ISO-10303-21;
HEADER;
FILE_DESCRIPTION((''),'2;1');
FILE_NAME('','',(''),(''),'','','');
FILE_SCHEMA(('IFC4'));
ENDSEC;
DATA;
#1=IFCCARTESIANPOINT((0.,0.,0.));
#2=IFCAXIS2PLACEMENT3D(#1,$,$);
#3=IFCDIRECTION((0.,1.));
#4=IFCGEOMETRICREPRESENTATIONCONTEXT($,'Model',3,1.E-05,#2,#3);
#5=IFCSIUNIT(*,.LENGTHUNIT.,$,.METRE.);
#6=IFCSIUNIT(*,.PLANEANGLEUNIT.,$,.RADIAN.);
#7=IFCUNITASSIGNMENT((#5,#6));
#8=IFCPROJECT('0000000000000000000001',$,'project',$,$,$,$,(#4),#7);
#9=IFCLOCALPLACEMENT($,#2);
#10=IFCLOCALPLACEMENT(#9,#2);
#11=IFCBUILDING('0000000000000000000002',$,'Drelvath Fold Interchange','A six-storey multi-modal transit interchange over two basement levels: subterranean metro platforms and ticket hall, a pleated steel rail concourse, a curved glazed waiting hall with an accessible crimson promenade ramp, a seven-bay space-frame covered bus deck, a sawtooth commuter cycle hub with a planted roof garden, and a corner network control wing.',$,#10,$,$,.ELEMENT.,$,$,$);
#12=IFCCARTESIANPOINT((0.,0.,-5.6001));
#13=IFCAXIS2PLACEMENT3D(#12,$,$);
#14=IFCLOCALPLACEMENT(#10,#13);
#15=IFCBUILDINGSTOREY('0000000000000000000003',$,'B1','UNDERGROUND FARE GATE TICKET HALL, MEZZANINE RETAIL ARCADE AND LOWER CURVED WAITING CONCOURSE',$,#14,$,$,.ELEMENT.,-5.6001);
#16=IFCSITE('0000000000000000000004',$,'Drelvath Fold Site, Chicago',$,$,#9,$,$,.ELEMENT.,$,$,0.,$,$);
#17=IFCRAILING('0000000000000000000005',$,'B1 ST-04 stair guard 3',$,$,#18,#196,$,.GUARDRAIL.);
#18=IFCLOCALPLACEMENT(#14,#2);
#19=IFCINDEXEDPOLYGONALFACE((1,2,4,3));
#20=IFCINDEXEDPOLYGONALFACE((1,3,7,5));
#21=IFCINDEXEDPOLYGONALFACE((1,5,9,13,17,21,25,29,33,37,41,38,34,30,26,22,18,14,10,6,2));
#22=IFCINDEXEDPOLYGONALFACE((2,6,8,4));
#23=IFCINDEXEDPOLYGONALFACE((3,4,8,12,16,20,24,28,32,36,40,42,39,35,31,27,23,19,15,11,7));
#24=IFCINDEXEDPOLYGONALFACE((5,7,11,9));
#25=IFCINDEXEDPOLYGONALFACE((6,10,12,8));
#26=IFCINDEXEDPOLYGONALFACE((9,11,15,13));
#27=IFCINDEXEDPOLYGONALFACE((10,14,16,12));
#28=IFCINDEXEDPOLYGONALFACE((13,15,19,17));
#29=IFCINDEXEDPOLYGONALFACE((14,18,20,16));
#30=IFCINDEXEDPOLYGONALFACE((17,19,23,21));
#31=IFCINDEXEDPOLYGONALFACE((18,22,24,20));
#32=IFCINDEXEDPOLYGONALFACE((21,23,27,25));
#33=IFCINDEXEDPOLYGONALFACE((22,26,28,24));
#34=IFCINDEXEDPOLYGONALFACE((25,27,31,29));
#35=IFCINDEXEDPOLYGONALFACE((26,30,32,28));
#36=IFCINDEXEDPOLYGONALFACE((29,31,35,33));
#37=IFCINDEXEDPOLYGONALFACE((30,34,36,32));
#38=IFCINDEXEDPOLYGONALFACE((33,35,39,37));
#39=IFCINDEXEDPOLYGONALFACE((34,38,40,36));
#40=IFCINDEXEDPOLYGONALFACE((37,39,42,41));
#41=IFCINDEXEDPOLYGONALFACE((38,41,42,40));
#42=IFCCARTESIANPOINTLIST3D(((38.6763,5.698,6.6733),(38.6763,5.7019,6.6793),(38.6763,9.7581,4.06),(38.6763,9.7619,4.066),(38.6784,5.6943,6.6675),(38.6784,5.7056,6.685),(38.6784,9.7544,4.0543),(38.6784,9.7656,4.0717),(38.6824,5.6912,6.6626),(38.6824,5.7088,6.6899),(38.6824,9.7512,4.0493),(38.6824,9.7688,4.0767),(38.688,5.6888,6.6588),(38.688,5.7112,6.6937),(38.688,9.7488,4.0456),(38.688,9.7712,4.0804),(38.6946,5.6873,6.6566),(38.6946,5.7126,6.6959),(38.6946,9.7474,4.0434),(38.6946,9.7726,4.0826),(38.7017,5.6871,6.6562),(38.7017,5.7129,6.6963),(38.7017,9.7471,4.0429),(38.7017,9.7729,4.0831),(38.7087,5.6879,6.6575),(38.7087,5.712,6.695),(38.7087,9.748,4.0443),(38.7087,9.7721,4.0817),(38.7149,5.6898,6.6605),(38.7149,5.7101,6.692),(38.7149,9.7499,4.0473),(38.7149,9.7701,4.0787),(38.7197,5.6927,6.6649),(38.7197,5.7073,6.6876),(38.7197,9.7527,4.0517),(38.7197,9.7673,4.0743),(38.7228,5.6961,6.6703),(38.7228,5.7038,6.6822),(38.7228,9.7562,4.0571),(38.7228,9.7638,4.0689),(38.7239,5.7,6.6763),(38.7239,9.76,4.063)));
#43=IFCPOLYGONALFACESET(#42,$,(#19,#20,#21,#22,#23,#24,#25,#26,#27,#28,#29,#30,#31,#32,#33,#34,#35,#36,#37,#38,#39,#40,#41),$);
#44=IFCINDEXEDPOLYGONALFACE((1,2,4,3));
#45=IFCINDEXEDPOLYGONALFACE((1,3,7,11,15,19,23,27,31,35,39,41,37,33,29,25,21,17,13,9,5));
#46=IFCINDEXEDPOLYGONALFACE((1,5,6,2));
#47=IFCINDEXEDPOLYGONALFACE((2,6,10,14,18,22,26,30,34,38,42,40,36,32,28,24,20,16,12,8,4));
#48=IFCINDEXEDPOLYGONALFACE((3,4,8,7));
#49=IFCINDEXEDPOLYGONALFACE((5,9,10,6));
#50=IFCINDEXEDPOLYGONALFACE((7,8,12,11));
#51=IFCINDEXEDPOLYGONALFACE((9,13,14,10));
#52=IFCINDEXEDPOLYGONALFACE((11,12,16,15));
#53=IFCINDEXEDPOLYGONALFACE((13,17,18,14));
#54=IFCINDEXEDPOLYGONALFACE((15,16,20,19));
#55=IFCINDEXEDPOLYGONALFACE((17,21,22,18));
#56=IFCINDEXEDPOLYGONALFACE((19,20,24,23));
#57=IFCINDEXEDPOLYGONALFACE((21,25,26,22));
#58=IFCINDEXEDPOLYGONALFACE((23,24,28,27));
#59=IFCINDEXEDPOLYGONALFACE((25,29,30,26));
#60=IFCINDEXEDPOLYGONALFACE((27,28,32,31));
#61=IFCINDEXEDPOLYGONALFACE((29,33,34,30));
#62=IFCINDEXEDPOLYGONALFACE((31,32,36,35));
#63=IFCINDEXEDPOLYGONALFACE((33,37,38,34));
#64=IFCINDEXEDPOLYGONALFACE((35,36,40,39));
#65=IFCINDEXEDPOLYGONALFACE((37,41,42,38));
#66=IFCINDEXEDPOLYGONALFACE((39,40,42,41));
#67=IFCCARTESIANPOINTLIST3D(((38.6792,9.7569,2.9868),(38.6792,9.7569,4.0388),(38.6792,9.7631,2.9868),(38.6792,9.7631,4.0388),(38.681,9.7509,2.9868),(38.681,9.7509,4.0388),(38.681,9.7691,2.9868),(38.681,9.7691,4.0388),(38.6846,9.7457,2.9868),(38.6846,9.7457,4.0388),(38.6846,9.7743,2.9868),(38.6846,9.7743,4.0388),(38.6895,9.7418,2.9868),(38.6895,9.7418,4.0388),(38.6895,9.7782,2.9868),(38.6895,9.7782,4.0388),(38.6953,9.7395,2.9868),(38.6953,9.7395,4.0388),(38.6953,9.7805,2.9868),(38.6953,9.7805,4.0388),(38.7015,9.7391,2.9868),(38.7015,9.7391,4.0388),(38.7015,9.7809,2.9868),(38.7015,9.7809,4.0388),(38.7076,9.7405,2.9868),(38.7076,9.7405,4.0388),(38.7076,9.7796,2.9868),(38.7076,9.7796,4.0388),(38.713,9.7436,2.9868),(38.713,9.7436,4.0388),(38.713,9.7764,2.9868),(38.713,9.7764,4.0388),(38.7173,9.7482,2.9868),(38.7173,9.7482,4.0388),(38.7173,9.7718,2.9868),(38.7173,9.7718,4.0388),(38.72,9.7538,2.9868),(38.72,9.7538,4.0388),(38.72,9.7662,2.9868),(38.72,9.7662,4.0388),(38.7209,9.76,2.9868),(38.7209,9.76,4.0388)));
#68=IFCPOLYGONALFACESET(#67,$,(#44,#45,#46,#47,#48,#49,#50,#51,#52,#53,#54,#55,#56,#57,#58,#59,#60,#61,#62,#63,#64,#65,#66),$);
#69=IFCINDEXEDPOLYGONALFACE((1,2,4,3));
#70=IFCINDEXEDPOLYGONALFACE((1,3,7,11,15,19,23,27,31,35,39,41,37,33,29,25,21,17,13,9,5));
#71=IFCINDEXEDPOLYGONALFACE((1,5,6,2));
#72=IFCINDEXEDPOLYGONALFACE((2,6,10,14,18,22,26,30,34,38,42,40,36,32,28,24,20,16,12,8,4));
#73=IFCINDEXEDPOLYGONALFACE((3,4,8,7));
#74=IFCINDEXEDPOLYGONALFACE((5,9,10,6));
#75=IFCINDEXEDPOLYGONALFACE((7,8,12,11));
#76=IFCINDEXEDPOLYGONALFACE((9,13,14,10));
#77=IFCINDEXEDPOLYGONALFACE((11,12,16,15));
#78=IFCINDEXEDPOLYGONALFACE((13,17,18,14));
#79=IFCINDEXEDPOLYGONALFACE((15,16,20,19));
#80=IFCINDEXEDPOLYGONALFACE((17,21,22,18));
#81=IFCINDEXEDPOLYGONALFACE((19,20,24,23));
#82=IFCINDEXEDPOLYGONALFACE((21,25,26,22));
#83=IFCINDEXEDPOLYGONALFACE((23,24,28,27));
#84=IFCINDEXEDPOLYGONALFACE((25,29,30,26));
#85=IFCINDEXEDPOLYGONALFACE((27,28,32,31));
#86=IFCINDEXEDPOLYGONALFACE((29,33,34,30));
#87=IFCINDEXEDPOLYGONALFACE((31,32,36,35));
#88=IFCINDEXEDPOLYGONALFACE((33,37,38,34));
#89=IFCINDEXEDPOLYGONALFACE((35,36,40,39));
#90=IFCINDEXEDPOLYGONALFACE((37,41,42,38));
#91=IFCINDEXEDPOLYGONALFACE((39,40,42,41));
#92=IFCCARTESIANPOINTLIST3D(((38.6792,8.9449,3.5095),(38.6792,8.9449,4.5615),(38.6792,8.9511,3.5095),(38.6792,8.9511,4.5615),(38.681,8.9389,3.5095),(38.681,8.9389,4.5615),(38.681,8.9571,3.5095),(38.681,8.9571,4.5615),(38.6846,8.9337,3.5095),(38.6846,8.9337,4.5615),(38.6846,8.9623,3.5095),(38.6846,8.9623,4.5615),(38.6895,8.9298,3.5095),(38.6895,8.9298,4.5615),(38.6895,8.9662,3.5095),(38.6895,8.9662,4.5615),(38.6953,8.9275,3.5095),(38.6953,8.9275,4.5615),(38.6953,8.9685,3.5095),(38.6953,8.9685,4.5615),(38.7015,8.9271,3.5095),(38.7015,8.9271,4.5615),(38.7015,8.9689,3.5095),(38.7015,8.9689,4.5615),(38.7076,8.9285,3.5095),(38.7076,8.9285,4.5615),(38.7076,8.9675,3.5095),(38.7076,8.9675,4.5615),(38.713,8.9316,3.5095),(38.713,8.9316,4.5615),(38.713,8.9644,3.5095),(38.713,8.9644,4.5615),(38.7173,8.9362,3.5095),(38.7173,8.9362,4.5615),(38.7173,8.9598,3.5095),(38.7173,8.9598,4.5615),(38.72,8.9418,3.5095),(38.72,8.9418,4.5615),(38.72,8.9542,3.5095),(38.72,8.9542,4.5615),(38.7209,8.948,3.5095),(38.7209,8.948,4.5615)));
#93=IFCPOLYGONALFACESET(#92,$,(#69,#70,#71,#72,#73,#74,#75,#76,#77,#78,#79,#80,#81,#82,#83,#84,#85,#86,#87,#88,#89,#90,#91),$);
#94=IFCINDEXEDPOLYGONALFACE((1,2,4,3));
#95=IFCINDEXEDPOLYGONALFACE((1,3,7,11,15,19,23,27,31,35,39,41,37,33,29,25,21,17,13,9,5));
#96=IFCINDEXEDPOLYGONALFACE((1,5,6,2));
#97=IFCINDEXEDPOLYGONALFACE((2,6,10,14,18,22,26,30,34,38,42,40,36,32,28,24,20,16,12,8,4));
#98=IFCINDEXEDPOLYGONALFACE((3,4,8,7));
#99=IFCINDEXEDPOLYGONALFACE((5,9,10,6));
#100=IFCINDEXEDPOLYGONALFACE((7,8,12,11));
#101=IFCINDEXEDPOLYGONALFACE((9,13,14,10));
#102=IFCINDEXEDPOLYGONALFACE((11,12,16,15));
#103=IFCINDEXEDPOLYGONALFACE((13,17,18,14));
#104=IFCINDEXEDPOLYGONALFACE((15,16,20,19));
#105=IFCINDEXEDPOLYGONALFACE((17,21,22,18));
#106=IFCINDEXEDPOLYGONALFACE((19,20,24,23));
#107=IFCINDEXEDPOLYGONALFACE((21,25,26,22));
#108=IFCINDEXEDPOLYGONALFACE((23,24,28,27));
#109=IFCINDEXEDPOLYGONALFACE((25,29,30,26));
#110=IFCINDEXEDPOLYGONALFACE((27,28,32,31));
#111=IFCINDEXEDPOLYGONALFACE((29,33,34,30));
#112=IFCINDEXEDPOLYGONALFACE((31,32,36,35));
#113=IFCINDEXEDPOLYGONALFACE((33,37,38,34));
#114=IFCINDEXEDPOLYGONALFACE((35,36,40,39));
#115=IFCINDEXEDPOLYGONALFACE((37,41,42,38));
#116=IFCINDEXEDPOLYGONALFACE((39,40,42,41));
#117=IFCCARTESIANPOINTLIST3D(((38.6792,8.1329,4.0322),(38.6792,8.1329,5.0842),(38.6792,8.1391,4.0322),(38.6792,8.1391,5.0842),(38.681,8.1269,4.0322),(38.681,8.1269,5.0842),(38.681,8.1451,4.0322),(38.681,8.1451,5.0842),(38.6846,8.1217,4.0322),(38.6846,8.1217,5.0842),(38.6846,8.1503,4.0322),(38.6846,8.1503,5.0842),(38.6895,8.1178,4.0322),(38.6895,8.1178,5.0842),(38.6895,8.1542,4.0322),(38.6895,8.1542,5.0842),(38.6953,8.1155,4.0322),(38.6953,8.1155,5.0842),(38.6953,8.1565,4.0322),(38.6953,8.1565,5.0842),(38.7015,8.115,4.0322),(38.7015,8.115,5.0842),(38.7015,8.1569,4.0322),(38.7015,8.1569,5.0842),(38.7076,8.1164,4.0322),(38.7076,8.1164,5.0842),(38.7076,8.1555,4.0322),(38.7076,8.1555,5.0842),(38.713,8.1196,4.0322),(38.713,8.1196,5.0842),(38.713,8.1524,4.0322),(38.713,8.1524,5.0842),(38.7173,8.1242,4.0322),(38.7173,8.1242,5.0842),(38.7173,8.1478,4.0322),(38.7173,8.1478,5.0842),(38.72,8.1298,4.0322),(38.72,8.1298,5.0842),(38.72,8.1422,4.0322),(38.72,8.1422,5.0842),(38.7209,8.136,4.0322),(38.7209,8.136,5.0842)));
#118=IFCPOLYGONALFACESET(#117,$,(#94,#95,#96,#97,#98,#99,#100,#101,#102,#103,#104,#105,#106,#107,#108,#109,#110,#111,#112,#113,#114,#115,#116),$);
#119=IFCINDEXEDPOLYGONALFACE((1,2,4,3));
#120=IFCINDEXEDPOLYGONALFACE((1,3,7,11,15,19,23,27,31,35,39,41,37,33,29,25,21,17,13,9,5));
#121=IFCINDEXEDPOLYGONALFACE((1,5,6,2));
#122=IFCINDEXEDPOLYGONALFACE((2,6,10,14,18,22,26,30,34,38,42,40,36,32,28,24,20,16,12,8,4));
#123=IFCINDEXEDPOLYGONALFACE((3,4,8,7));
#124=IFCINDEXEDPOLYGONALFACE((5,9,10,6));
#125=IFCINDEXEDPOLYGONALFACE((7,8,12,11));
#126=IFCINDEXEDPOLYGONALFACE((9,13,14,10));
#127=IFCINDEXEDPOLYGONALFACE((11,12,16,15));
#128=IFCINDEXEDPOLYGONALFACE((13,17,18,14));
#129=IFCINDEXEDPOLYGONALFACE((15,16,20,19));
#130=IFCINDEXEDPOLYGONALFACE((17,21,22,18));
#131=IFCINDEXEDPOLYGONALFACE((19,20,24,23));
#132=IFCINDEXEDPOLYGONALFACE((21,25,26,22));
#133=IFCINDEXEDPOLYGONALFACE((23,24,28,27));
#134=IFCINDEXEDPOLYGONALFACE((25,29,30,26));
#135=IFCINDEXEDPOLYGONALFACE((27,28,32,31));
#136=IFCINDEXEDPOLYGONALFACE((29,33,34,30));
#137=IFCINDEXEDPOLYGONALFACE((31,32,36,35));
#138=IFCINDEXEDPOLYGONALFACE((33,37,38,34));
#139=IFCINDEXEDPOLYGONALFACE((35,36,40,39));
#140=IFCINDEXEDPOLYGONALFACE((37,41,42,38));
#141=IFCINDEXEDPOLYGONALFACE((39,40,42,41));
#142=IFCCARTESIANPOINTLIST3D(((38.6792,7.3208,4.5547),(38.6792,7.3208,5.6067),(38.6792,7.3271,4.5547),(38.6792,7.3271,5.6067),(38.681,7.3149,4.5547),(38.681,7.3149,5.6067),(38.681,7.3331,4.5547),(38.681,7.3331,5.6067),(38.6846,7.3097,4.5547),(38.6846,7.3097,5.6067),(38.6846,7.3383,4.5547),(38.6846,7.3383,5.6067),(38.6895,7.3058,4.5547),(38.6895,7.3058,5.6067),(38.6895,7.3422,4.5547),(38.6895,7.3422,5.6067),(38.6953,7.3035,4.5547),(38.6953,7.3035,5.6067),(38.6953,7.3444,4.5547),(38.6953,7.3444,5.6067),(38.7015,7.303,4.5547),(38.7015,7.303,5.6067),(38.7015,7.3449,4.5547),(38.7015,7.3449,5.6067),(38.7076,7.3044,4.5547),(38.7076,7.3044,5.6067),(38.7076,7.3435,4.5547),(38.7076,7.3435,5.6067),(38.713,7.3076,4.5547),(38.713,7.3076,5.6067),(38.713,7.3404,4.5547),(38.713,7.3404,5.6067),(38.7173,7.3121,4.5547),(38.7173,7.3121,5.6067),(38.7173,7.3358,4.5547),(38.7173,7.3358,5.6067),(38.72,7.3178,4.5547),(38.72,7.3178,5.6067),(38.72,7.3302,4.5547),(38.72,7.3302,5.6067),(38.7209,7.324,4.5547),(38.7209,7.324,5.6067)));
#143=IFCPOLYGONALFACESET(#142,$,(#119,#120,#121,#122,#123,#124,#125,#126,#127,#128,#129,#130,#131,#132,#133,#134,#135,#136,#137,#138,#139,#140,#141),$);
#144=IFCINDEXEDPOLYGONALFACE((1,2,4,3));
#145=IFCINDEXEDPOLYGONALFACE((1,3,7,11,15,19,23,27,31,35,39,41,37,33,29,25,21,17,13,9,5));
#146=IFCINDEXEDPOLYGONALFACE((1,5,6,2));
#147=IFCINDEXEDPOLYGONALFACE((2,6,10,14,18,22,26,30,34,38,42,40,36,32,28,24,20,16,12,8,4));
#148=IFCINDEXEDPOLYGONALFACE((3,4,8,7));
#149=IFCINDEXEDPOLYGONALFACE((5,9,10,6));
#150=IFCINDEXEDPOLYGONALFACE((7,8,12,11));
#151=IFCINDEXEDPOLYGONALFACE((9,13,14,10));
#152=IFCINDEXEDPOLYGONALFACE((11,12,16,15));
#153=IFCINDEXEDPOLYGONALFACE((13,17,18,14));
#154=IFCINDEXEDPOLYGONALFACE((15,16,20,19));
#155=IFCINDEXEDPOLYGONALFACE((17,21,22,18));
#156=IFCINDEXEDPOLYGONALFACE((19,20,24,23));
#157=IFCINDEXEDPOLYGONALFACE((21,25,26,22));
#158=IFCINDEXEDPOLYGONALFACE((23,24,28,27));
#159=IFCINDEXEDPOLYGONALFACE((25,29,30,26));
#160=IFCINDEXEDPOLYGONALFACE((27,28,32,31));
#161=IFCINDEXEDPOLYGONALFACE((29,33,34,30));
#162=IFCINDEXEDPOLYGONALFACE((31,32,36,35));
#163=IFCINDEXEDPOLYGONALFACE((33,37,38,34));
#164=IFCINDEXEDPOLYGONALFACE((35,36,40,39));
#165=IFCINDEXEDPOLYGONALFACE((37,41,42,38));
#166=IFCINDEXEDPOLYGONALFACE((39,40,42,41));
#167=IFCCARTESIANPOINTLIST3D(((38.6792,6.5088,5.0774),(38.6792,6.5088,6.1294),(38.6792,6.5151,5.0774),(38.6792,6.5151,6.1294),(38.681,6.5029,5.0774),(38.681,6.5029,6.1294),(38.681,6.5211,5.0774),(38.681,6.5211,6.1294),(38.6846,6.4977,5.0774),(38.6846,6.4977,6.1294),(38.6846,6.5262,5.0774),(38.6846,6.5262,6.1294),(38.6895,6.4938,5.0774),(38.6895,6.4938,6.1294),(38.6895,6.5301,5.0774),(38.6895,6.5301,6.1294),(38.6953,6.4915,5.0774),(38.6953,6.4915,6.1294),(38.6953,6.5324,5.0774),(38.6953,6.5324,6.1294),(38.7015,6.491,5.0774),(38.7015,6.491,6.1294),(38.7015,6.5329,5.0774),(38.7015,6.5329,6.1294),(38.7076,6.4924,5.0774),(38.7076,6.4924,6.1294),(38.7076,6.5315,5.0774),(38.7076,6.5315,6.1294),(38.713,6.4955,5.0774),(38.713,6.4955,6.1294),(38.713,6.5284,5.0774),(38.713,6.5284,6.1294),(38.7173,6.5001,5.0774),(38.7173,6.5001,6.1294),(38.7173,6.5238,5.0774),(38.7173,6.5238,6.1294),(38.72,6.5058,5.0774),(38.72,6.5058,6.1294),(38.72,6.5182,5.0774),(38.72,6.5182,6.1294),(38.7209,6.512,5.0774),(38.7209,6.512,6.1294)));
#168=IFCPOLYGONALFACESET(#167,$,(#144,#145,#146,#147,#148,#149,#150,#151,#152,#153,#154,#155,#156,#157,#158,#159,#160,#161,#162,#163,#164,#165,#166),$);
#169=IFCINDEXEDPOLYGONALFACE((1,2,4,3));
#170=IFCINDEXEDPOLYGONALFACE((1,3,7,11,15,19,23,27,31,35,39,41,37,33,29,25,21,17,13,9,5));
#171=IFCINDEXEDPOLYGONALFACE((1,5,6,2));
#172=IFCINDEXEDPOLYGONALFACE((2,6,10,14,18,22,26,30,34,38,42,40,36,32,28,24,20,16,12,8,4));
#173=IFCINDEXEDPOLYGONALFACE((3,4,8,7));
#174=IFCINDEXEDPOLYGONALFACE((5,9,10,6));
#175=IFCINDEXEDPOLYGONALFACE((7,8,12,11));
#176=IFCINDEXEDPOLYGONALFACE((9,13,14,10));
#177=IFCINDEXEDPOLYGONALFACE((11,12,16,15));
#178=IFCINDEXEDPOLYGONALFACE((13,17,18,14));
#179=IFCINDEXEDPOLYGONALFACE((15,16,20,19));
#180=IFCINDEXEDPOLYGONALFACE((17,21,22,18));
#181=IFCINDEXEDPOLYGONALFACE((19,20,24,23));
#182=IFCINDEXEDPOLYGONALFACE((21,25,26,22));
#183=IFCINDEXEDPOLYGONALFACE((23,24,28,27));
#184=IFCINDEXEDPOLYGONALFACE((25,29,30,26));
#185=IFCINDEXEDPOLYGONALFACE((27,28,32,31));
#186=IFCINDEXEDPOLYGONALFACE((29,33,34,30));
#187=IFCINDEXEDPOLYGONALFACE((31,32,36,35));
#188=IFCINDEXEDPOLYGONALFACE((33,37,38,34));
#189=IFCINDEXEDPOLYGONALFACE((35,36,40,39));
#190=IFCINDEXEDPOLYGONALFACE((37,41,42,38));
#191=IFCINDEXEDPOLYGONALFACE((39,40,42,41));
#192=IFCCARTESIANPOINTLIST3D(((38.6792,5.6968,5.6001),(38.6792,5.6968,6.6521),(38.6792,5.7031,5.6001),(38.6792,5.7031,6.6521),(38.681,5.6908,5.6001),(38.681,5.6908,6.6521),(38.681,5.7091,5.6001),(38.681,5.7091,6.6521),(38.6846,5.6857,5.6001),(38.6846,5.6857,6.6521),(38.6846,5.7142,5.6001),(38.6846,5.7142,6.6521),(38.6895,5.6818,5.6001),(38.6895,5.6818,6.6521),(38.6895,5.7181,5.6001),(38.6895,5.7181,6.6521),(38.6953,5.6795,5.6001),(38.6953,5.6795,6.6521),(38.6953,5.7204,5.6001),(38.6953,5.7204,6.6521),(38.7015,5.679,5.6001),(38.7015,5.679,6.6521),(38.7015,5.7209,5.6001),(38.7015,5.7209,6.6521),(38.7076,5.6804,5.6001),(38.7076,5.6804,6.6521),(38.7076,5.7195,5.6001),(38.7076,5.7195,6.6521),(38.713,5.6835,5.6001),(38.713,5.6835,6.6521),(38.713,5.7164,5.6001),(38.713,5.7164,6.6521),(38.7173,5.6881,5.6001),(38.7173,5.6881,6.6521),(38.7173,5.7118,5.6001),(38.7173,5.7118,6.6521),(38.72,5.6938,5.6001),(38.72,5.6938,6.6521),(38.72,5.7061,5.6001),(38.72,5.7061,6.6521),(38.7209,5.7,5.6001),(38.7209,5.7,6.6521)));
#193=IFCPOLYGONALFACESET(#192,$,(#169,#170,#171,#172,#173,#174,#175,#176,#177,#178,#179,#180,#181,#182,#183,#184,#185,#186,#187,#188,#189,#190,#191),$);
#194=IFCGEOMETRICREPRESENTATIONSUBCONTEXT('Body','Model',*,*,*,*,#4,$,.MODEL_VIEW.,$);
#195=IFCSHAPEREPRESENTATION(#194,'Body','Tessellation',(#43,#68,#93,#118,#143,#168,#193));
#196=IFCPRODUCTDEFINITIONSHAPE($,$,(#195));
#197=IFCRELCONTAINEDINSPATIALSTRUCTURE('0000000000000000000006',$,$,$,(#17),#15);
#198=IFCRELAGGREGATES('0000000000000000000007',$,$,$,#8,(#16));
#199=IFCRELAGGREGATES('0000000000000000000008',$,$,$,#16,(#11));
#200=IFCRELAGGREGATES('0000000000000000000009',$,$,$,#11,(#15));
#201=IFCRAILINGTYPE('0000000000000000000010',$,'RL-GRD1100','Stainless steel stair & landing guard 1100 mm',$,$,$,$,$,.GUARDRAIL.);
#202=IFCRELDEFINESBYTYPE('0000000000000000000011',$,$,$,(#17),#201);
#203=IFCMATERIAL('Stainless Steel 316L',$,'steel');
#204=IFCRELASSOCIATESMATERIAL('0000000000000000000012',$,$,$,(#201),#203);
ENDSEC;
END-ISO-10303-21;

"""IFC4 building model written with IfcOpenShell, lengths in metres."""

from ifc_helpers import new_model, si_unit, direction, frame, origin, origin_2d, place, context, subcontext, project, spatial, circle, extrude, material, type_object, element, save


model = new_model("IFC4")

# Units and contexts
model_context = context("Model", 3, precision=1e-05, world=origin(), true_north=direction((0.0, 1.0)))
body_context = subcontext(model_context, "Body", "Model", "MODEL_VIEW")
ifc_project = project(units=[si_unit("LENGTHUNIT", "METRE"), si_unit("PLANEANGLEUNIT", "RADIAN")], contexts=[model_context])

# Site, building, storey
site_placement = place(None, origin())
site = spatial("IfcSite", under=ifc_project, at=site_placement, Name="Drelvath Fold Site, Chicago", CompositionType="ELEMENT", RefElevation=0.0)
building_placement = place(site_placement, origin())
building = spatial("IfcBuilding", under=site, at=building_placement, Name="Drelvath Fold Interchange", Description="A six-storey multi-modal transit interchange over two basement levels: subterranean metro platforms and ticket hall, a pleated steel rail concourse, a curved glazed waiting hall with an accessible crimson promenade ramp, a seven-bay space-frame covered bus deck, a sawtooth commuter cycle hub with a planted roof garden, and a corner network control wing.", CompositionType="ELEMENT")
storey_placement = place(building_placement, frame((0.0, 0.0, -5.6001)))
storey = spatial("IfcBuildingStorey", under=building, at=storey_placement, Name="B1", Description="UNDERGROUND FARE GATE TICKET HALL, MEZZANINE RETAIL ARCADE AND LOWER CURVED WAITING CONCOURSE", CompositionType="ELEMENT", Elevation=-5.6001)

# Railing
ifc_material_1 = material(Name="Stainless Steel 316L", Category="steel")
railing_type_1 = type_object("IfcRailingType", Name="RL-GRD1100", Description="Stainless steel stair & landing guard 1100 mm", PredefinedType="GUARDRAIL", material=ifc_material_1)
railing_1_placement = place(storey_placement, frame((38.7, 9.76, 2.9868)))
element("IfcRailing", 1, at=railing_1_placement, inside=storey, type_object=railing_type_1, Name="B1 ST-04 stair guard 3", PredefinedType="GUARDRAIL", context=body_context, shape_type="SweptSolid", body=[
    extrude(circle(Radius=0.0239, at=origin_2d()), frame((0.0, 0.0, 1.0762), z_axis=(0.0, -0.840873, 0.541233), x_axis=(1.0, 0.0, 0.0)), (0.0, 0.0, 1.0), 4.8284),
    extrude(circle(Radius=0.021, at=origin_2d()), origin(), (0.0, 0.0, 1.0), 1.052),
    extrude(circle(Radius=0.021, at=origin_2d()), frame((0.0, -0.812, 0.5227)), (0.0, 0.0, 1.0), 1.052),
    extrude(circle(Radius=0.021, at=origin_2d()), frame((0.0, -1.624, 1.0454)), (0.0, 0.0, 1.0), 1.052),
    extrude(circle(Radius=0.021, at=origin_2d()), frame((0.0, -2.436, 1.5679)), (0.0, 0.0, 1.0), 1.052),
    extrude(circle(Radius=0.021, at=origin_2d()), frame((0.0, -3.248, 2.0906)), (0.0, 0.0, 1.0), 1.052),
    extrude(circle(Radius=0.021, at=origin_2d()), frame((0.0, -4.0601, 2.6133)), (0.0, 0.0, 1.0), 1.052),
])

save(model, "model.ifc")
